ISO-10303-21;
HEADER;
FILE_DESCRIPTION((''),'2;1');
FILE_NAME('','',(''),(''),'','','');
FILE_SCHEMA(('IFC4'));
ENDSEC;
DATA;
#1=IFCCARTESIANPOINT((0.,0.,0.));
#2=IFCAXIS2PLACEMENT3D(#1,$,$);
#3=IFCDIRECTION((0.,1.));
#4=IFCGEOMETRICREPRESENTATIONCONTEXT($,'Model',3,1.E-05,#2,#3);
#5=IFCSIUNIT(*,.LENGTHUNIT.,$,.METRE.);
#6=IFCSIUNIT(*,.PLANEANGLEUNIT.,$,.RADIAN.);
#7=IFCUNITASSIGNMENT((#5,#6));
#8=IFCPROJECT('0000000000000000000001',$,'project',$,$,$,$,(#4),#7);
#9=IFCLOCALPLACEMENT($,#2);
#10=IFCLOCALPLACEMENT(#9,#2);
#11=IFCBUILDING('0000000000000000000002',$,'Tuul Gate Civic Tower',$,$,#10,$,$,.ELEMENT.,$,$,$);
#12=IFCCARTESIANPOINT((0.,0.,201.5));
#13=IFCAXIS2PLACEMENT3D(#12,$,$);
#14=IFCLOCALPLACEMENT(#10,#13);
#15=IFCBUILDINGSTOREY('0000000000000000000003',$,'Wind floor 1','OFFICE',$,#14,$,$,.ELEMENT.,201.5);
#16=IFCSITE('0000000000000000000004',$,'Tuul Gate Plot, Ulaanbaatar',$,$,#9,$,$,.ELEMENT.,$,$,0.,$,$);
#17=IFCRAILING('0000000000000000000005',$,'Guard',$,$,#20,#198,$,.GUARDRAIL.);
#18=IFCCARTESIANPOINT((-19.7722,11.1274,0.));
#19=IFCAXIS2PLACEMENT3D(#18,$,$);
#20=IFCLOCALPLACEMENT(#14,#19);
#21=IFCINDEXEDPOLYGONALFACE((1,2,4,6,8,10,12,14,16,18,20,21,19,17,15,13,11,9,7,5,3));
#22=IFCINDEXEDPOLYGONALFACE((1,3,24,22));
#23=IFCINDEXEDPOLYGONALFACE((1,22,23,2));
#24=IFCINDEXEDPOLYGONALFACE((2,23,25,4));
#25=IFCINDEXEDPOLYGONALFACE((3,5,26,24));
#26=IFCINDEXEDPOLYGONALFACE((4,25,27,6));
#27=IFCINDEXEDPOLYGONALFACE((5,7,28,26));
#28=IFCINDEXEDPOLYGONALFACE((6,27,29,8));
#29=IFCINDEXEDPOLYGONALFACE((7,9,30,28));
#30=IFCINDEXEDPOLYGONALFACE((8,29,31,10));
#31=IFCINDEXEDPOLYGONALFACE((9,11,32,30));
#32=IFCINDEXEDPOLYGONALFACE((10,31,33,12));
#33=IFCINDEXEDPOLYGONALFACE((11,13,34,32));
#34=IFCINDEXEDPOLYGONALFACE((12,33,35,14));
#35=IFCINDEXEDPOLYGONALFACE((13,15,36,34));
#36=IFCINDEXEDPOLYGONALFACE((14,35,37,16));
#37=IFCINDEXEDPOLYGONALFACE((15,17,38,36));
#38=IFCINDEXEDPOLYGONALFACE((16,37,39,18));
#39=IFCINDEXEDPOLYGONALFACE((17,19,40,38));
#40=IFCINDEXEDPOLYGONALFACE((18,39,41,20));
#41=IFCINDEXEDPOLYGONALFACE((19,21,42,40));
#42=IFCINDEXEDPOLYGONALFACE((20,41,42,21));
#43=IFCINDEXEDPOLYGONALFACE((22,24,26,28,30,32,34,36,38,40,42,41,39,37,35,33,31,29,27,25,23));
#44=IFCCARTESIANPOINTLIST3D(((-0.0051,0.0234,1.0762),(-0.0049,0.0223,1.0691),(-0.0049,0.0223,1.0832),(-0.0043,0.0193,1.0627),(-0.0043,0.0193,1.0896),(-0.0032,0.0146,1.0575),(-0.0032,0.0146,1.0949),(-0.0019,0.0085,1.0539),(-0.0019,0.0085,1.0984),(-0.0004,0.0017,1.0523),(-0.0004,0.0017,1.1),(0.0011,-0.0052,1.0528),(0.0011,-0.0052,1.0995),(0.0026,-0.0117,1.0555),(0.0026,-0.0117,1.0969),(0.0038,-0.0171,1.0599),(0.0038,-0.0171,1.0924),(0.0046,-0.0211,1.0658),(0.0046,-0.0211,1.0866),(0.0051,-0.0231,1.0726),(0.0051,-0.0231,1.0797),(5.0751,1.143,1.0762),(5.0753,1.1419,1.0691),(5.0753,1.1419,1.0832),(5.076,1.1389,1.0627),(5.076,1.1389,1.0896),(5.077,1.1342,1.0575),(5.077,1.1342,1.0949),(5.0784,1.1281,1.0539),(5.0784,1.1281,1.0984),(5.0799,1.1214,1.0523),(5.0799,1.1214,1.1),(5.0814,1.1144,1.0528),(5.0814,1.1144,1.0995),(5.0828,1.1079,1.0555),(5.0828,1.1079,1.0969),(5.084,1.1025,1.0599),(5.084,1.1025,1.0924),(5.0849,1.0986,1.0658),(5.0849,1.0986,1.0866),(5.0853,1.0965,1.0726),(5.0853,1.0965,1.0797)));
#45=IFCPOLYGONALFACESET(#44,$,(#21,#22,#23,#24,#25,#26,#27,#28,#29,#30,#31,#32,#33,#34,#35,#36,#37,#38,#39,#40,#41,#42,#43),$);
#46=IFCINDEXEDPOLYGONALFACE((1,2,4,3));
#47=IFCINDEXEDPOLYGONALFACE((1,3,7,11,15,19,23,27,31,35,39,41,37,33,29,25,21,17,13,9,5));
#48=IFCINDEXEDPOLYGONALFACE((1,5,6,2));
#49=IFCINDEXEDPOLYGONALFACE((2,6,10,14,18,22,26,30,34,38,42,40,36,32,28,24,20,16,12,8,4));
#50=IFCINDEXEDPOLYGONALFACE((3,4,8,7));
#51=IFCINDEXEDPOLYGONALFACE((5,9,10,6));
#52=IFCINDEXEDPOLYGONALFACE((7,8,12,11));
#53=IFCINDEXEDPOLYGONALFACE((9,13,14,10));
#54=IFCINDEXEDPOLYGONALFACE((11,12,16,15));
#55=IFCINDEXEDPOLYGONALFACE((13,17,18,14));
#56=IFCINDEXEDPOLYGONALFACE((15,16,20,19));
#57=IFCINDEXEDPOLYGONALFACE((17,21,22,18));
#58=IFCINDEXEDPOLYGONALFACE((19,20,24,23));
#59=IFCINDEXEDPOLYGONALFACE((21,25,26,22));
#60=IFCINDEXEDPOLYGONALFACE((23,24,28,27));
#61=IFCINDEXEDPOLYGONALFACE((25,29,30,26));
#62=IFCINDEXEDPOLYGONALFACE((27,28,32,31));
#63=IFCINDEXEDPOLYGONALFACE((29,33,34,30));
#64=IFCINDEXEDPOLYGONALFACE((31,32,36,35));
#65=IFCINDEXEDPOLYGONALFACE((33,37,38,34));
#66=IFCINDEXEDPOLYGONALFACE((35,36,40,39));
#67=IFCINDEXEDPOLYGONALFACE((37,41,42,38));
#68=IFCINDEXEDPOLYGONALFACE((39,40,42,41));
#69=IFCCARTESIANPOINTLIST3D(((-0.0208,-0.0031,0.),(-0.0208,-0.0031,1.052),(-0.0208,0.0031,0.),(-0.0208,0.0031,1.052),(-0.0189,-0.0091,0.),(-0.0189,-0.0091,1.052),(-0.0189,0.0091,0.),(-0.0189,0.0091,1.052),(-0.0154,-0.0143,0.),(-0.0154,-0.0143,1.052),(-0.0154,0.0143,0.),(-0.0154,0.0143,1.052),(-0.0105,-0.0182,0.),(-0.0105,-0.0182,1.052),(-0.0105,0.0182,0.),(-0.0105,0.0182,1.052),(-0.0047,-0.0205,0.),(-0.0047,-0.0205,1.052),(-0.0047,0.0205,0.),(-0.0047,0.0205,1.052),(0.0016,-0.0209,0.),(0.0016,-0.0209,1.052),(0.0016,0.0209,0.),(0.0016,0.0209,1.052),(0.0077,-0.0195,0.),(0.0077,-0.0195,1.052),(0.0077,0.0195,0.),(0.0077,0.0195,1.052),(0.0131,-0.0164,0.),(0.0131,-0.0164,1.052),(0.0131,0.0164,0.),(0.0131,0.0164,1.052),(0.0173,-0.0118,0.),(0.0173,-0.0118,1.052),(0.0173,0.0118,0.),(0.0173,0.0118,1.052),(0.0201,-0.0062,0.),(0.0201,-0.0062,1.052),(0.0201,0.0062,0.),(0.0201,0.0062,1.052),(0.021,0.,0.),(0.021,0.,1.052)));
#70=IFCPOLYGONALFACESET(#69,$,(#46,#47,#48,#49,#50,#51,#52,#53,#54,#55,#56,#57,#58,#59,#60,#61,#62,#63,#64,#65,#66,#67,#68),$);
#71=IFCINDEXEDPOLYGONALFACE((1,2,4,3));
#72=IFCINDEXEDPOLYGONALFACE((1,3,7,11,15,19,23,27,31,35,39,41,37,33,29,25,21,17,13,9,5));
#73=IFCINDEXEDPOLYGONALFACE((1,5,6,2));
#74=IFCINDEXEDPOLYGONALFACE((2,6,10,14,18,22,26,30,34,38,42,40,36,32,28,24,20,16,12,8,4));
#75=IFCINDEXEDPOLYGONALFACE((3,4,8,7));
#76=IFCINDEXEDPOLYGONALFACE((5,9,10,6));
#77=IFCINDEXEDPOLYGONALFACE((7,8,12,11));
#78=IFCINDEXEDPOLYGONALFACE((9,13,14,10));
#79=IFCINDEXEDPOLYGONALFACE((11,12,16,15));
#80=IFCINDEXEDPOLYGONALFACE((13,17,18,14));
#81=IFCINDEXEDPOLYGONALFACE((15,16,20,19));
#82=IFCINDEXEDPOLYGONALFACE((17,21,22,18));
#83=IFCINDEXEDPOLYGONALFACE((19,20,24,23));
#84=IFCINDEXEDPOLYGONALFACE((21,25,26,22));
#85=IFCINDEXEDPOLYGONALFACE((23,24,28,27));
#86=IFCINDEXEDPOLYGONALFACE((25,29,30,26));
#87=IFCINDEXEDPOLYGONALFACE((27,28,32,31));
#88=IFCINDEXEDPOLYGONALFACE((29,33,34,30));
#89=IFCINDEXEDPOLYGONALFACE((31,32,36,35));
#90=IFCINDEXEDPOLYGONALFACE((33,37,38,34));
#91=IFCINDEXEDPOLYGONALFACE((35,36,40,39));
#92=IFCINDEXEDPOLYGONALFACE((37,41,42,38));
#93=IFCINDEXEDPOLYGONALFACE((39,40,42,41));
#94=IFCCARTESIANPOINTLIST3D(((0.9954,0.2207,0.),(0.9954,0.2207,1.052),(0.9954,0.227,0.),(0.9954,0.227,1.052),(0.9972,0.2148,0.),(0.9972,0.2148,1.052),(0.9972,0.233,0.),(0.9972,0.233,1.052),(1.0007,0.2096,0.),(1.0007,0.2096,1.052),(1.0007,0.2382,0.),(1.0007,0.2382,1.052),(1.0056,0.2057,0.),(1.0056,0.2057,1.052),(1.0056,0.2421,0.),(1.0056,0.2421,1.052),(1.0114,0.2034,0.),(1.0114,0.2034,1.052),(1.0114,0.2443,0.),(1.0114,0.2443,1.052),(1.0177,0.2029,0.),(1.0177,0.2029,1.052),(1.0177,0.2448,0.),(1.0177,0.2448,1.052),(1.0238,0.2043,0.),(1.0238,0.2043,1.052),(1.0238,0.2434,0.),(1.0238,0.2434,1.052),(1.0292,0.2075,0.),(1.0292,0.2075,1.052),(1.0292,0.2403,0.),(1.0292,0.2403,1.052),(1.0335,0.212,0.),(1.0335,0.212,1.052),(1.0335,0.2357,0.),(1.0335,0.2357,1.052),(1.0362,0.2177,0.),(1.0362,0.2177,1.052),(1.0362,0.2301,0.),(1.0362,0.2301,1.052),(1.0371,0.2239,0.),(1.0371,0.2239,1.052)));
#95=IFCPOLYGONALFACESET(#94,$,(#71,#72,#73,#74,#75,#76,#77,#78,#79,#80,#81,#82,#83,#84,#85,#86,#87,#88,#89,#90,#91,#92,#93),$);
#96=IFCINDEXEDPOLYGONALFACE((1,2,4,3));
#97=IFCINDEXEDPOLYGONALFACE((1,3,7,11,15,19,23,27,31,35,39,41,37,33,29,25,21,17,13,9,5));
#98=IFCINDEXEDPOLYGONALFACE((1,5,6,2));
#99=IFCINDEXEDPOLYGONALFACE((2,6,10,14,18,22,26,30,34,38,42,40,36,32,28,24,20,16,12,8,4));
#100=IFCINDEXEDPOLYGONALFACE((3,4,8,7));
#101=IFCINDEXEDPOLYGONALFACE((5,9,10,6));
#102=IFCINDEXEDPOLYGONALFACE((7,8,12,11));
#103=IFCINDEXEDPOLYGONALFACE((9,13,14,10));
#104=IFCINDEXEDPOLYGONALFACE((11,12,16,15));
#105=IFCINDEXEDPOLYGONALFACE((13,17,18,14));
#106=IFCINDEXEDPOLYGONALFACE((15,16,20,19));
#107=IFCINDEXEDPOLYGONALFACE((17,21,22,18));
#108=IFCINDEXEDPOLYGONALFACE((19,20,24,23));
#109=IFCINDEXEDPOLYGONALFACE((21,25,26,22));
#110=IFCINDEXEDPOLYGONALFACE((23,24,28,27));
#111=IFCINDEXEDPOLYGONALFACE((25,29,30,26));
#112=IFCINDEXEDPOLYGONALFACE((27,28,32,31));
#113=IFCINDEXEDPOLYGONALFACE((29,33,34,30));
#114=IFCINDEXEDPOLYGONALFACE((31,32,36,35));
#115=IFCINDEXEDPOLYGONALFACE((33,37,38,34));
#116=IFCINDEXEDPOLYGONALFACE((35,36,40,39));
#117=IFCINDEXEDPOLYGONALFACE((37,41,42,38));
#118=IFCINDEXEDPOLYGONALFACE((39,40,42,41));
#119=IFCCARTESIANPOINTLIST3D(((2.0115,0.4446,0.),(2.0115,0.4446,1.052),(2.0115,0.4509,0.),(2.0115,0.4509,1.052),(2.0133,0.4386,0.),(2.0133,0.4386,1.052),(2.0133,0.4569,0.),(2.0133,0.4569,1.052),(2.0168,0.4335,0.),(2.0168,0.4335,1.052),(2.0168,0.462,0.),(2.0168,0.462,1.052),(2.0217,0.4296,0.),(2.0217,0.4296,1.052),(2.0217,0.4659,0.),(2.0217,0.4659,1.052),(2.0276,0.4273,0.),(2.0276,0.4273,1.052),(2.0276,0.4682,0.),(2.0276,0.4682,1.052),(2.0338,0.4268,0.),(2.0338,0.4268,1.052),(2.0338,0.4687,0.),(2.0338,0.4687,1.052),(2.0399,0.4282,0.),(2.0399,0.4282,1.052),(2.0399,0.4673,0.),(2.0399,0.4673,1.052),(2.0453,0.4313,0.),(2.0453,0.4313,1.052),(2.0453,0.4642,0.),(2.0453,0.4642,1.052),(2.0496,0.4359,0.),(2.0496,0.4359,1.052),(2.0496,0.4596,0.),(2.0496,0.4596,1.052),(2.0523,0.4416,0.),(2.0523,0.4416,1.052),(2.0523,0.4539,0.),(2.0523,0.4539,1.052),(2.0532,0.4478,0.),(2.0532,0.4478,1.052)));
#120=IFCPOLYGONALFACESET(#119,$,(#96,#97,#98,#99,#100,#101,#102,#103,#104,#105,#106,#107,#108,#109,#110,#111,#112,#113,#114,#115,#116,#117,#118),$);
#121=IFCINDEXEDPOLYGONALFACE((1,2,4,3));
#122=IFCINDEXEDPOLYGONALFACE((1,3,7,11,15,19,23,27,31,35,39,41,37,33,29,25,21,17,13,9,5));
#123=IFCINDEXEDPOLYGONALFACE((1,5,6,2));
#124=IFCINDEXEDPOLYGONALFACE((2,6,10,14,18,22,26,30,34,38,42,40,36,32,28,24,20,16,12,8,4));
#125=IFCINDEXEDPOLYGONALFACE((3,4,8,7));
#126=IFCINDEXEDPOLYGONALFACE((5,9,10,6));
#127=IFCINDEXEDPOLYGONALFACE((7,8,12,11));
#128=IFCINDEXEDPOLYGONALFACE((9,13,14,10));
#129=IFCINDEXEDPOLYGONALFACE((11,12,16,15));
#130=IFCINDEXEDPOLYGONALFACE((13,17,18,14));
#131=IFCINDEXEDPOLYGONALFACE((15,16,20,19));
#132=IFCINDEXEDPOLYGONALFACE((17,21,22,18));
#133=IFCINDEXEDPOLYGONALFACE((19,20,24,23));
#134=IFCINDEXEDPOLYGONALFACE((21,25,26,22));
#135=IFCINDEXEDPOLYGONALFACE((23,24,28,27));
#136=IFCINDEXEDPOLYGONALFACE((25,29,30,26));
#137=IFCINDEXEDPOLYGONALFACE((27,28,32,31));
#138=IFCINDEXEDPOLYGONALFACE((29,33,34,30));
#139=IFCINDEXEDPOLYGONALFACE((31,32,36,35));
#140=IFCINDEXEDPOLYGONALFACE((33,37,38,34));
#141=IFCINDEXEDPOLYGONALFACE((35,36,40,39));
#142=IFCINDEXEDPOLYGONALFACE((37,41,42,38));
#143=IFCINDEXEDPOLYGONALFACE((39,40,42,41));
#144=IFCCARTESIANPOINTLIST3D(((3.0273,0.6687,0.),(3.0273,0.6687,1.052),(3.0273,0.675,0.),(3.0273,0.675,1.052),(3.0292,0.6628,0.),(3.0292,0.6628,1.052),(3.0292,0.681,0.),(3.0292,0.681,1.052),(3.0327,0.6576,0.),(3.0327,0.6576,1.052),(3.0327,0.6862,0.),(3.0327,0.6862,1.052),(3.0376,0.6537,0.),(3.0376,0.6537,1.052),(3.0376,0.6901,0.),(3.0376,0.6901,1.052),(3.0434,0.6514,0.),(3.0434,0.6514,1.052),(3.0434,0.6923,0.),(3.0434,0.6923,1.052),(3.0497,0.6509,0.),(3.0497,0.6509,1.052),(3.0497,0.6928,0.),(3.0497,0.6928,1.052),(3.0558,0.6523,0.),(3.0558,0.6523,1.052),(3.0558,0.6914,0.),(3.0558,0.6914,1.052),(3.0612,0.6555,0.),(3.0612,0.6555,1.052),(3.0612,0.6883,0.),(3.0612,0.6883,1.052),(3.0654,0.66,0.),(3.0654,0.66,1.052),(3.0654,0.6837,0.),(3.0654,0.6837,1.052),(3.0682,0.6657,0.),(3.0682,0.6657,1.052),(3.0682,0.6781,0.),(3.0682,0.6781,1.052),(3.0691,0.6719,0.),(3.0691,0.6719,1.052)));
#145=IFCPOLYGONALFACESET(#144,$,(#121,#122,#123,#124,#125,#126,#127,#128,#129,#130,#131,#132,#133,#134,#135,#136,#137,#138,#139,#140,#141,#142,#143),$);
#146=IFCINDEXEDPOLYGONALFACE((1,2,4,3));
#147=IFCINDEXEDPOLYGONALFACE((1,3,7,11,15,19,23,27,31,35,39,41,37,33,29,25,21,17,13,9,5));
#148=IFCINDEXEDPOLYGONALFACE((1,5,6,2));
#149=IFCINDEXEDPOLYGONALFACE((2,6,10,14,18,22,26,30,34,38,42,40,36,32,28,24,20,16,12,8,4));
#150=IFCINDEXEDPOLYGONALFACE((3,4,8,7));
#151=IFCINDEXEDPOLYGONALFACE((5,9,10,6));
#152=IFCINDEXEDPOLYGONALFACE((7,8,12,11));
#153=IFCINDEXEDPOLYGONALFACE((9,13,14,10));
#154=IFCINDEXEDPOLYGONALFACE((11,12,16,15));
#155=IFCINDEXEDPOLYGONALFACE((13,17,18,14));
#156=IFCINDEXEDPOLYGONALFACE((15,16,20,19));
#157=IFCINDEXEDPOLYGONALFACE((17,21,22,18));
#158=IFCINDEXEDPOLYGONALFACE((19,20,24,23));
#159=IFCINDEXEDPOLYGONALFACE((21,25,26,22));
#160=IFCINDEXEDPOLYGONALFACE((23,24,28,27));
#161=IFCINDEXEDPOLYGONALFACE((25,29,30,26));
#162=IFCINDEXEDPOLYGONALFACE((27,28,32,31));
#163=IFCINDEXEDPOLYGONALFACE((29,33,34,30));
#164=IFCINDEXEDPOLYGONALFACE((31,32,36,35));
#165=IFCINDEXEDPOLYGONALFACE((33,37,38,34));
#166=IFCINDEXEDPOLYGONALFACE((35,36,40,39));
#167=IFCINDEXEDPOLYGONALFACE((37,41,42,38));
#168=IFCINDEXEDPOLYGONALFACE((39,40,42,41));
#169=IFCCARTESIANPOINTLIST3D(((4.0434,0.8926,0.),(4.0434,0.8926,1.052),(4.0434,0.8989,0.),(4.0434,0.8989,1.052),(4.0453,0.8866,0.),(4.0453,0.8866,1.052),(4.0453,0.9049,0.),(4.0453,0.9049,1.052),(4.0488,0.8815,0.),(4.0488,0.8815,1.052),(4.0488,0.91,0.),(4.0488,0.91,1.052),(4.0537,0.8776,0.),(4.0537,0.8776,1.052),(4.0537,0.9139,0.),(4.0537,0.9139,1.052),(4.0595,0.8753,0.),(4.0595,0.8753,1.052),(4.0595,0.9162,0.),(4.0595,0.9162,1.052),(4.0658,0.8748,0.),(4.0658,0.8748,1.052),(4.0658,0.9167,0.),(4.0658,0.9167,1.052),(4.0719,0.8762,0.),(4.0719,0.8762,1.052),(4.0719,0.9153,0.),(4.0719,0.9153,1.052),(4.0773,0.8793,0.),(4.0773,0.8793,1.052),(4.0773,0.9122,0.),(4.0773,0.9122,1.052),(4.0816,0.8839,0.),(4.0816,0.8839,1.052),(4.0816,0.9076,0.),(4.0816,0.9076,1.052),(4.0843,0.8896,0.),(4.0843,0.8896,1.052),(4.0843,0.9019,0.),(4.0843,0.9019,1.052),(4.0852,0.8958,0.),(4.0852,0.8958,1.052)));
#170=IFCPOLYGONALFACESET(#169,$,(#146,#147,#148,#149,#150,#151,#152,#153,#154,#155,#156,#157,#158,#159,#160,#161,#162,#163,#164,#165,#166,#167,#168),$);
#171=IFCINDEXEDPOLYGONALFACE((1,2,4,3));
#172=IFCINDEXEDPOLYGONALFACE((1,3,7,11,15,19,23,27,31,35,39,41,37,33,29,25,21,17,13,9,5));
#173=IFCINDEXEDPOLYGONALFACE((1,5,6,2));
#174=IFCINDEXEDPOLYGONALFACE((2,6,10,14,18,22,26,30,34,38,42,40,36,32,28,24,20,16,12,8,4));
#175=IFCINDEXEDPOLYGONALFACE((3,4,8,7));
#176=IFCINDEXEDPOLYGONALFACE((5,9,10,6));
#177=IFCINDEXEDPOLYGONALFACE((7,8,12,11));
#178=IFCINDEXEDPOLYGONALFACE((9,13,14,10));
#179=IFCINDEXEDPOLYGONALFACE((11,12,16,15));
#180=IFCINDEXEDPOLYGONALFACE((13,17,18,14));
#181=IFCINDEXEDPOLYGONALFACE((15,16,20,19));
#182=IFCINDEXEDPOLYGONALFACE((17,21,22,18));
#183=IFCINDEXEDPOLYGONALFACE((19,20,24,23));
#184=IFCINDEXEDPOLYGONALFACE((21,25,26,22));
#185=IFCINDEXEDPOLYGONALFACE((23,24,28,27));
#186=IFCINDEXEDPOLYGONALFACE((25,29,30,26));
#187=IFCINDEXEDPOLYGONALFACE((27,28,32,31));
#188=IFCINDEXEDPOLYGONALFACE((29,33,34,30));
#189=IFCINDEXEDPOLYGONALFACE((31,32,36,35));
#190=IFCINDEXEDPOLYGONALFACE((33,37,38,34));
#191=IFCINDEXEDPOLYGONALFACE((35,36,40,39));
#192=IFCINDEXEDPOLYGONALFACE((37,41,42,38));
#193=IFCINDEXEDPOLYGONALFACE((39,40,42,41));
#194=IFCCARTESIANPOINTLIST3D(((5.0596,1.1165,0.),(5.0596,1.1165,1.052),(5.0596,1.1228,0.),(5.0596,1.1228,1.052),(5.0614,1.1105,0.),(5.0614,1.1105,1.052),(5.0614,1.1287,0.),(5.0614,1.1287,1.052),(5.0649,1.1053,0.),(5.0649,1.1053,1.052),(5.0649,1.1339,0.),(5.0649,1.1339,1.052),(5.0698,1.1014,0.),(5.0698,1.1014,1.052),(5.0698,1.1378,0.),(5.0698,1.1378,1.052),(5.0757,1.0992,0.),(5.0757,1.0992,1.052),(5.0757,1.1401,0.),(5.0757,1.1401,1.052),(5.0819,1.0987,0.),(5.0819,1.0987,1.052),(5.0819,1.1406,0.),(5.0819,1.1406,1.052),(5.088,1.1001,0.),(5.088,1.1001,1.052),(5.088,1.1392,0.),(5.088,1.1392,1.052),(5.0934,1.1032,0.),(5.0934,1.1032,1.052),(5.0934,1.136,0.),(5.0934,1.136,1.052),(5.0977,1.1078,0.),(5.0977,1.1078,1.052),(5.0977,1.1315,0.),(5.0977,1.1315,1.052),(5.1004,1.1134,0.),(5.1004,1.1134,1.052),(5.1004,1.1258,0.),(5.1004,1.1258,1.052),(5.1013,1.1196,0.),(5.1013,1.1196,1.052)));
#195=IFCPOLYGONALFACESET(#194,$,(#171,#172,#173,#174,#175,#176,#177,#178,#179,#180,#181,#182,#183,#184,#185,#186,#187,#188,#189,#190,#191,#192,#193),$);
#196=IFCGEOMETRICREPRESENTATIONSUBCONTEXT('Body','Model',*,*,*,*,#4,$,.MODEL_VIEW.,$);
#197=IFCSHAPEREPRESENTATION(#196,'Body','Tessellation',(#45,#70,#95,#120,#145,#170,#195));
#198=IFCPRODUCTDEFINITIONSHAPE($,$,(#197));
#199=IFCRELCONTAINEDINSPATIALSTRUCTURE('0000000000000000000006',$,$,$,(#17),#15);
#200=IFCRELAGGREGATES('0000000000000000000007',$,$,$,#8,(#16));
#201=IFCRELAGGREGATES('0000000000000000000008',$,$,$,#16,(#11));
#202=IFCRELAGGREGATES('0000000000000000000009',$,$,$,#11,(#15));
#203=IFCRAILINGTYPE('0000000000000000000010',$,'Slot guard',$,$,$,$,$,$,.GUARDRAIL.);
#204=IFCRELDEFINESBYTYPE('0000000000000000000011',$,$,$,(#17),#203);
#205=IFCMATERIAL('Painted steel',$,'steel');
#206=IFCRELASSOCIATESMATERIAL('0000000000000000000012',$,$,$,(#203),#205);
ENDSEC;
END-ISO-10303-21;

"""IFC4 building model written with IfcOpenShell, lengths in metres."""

from ifc_helpers import new_model, si_unit, direction, frame, origin, origin_2d, place, context, subcontext, project, spatial, circle, extrude, material, type_object, element, save


model = new_model("IFC4")

# Units and contexts
model_context = context("Model", 3, precision=1e-05, world=origin(), true_north=direction((0.0, 1.0)))
body_context = subcontext(model_context, "Body", "Model", "MODEL_VIEW")
ifc_project = project(units=[si_unit("LENGTHUNIT", "METRE"), si_unit("PLANEANGLEUNIT", "RADIAN")], contexts=[model_context])

# Site, building, storey
site_placement = place(None, origin())
site = spatial("IfcSite", under=ifc_project, at=site_placement, Name="Tuul Gate Plot, Ulaanbaatar", CompositionType="ELEMENT", RefElevation=0.0)
building_placement = place(site_placement, origin())
building = spatial("IfcBuilding", under=site, at=building_placement, Name="Tuul Gate Civic Tower", CompositionType="ELEMENT")
storey_placement = place(building_placement, frame((0.0, 0.0, 201.5)))
storey = spatial("IfcBuildingStorey", under=building, at=storey_placement, Name="Wind floor 1", Description="OFFICE", CompositionType="ELEMENT", Elevation=201.5)

# Railing
ifc_material_1 = material(Name="Painted steel", Category="steel")
railing_type = type_object("IfcRailingType", Name="Slot guard", PredefinedType="GUARDRAIL", material=ifc_material_1)
railing_1_placement = place(storey_placement, frame((-19.7722, 11.1274, 0.0)))
element("IfcRailing", 1, at=railing_1_placement, inside=storey, type_object=railing_type, Name="Guard", PredefinedType="GUARDRAIL", context=body_context, shape_type="SweptSolid", body=[
    extrude(circle(Radius=0.0239, at=origin_2d()), frame((0.0, 0.0, 1.0762), z_axis=(0.976565, 0.215221, 0.0), x_axis=(-0.215221, 0.976565, 0.0)), (0.0, 0.0, 1.0), 5.2021),
    extrude(circle(Radius=0.021, at=origin_2d()), origin(), (0.0, 0.0, 1.0), 1.052),
    extrude(circle(Radius=0.021, at=origin_2d()), frame((1.0161, 0.2239, 0.0)), (0.0, 0.0, 1.0), 1.052),
    extrude(circle(Radius=0.021, at=origin_2d()), frame((2.0322, 0.4478, 0.0)), (0.0, 0.0, 1.0), 1.052),
    extrude(circle(Radius=0.021, at=origin_2d()), frame((3.0481, 0.6719, 0.0)), (0.0, 0.0, 1.0), 1.052),
    extrude(circle(Radius=0.021, at=origin_2d()), frame((4.0642, 0.8958, 0.0)), (0.0, 0.0, 1.0), 1.052),
    extrude(circle(Radius=0.021, at=origin_2d()), frame((5.0803, 1.1196, 0.0)), (0.0, 0.0, 1.0), 1.052),
])

save(model, "model.ifc")
